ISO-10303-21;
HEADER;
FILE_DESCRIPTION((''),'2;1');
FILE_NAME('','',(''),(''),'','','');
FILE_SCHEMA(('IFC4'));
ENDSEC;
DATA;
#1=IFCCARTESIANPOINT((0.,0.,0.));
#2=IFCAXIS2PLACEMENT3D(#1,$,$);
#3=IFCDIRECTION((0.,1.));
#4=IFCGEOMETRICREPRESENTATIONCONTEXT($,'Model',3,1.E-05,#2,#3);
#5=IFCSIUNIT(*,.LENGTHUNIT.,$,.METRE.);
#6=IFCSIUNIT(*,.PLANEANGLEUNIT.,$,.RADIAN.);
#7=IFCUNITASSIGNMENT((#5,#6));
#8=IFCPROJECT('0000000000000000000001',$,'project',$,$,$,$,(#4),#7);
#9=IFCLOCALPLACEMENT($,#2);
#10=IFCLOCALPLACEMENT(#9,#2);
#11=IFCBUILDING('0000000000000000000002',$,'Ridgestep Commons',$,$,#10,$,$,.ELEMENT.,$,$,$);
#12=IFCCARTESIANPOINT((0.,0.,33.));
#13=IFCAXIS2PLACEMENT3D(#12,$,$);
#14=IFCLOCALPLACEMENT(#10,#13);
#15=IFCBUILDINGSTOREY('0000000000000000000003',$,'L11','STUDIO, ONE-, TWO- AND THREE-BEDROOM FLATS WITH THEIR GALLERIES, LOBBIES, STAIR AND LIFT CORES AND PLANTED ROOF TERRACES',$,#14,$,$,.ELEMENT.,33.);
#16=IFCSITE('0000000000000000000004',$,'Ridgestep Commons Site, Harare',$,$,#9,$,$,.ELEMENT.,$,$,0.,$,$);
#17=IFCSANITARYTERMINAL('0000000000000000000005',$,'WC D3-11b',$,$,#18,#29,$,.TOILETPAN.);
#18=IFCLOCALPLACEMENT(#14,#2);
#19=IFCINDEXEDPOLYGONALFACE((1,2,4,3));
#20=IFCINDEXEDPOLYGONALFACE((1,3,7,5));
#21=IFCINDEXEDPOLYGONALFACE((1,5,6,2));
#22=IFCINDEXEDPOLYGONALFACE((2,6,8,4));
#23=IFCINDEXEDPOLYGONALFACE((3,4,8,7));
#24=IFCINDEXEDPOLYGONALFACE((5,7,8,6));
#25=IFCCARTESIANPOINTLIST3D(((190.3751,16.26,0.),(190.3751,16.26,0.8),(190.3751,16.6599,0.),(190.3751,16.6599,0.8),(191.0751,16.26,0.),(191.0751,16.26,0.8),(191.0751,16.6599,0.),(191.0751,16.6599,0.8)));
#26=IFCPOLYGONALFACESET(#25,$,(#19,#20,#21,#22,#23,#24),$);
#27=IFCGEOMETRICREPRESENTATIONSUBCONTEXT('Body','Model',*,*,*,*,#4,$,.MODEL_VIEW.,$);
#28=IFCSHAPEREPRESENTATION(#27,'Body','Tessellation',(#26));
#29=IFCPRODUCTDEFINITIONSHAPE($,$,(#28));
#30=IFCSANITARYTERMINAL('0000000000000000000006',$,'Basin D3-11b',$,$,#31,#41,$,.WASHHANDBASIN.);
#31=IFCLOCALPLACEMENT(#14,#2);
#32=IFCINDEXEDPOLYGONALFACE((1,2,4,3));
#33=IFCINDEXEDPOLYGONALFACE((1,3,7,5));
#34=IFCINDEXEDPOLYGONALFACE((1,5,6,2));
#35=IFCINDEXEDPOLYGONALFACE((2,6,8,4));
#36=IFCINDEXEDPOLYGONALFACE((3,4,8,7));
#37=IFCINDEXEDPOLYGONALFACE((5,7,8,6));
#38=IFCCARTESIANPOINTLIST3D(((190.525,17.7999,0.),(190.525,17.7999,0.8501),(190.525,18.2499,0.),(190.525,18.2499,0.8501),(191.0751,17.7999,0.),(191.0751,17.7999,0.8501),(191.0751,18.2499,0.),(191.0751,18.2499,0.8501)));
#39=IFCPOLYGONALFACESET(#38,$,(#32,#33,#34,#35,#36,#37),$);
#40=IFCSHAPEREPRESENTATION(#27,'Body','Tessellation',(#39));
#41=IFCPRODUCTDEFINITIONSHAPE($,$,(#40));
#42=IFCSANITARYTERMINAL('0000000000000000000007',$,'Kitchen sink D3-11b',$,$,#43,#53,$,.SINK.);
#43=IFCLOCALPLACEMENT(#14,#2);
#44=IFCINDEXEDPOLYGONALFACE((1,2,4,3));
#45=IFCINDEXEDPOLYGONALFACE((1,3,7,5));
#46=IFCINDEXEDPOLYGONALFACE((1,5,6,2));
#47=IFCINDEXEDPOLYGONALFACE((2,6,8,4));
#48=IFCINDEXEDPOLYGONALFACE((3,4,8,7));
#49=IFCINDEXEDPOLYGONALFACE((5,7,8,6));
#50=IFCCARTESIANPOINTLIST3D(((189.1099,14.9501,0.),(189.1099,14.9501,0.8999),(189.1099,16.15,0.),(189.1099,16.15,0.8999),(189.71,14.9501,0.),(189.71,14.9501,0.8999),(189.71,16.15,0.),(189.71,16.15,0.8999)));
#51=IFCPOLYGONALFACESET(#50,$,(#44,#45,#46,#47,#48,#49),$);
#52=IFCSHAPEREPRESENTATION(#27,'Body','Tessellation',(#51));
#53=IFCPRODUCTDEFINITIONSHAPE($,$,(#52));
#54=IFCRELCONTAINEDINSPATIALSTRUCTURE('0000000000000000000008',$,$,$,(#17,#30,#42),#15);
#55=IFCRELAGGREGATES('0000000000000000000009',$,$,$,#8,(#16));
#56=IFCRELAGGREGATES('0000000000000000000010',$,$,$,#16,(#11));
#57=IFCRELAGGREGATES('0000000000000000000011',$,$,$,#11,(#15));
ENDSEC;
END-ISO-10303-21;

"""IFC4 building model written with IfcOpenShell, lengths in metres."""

from ifc_helpers import new_model, si_unit, direction, frame, origin, origin_2d, place, context, subcontext, project, spatial, rectangle, extrude, element, save


model = new_model("IFC4")

# Units and contexts
model_context = context("Model", 3, precision=1e-05, world=origin(), true_north=direction((0.0, 1.0)))
body_context = subcontext(model_context, "Body", "Model", "MODEL_VIEW")
ifc_project = project(units=[si_unit("LENGTHUNIT", "METRE"), si_unit("PLANEANGLEUNIT", "RADIAN")], contexts=[model_context])

# Site, building, storey
site_placement = place(None, origin())
site = spatial("IfcSite", under=ifc_project, at=site_placement, Name="Ridgestep Commons Site, Harare", CompositionType="ELEMENT", RefElevation=0.0)
building_placement = place(site_placement, origin())
building = spatial("IfcBuilding", under=site, at=building_placement, Name="Ridgestep Commons", CompositionType="ELEMENT")
storey_placement = place(building_placement, frame((0.0, 0.0, 33.0)))
storey = spatial("IfcBuildingStorey", under=building, at=storey_placement, Name="L11", Description="STUDIO, ONE-, TWO- AND THREE-BEDROOM FLATS WITH THEIR GALLERIES, LOBBIES, STAIR AND LIFT CORES AND PLANTED ROOF TERRACES", CompositionType="ELEMENT", Elevation=33.0)

# Sanitary terminals
sanitary_terminal_1_placement = place(storey_placement, frame((190.7251, 16.46, 0.0), z_axis=(0.0, 0.0, 1.0), x_axis=(1.0, 0.0, 0.0)))
element("IfcSanitaryTerminal", 1, at=sanitary_terminal_1_placement, inside=storey, Name="WC D3-11b", PredefinedType="TOILETPAN", context=body_context, shape_type="SweptSolid", body=[
    extrude(rectangle(XDim=0.7, YDim=0.3999, at=origin_2d()), origin(), (0.0, 0.0, 1.0), 0.8),
])
sanitary_terminal_2_placement = place(storey_placement, frame((190.8, 18.0249, 0.0), z_axis=(0.0, 0.0, 1.0), x_axis=(1.0, 0.0, 0.0)))
element("IfcSanitaryTerminal", 2, at=sanitary_terminal_2_placement, inside=storey, Name="Basin D3-11b", PredefinedType="WASHHANDBASIN", context=body_context, shape_type="SweptSolid", body=[
    extrude(rectangle(XDim=0.55, YDim=0.45, at=origin_2d()), origin(), (0.0, 0.0, 1.0), 0.8501),
])
sanitary_terminal_3_placement = place(storey_placement, frame((189.4099, 15.55, 0.0), z_axis=(0.0, 0.0, 1.0), x_axis=(1.0, 0.0, 0.0)))
element("IfcSanitaryTerminal", 3, at=sanitary_terminal_3_placement, inside=storey, Name="Kitchen sink D3-11b", PredefinedType="SINK", context=body_context, shape_type="SweptSolid", body=[
    extrude(rectangle(XDim=0.6001, YDim=1.2, at=origin_2d()), origin(), (0.0, 0.0, 1.0), 0.8999),
])

save(model, "model.ifc")
